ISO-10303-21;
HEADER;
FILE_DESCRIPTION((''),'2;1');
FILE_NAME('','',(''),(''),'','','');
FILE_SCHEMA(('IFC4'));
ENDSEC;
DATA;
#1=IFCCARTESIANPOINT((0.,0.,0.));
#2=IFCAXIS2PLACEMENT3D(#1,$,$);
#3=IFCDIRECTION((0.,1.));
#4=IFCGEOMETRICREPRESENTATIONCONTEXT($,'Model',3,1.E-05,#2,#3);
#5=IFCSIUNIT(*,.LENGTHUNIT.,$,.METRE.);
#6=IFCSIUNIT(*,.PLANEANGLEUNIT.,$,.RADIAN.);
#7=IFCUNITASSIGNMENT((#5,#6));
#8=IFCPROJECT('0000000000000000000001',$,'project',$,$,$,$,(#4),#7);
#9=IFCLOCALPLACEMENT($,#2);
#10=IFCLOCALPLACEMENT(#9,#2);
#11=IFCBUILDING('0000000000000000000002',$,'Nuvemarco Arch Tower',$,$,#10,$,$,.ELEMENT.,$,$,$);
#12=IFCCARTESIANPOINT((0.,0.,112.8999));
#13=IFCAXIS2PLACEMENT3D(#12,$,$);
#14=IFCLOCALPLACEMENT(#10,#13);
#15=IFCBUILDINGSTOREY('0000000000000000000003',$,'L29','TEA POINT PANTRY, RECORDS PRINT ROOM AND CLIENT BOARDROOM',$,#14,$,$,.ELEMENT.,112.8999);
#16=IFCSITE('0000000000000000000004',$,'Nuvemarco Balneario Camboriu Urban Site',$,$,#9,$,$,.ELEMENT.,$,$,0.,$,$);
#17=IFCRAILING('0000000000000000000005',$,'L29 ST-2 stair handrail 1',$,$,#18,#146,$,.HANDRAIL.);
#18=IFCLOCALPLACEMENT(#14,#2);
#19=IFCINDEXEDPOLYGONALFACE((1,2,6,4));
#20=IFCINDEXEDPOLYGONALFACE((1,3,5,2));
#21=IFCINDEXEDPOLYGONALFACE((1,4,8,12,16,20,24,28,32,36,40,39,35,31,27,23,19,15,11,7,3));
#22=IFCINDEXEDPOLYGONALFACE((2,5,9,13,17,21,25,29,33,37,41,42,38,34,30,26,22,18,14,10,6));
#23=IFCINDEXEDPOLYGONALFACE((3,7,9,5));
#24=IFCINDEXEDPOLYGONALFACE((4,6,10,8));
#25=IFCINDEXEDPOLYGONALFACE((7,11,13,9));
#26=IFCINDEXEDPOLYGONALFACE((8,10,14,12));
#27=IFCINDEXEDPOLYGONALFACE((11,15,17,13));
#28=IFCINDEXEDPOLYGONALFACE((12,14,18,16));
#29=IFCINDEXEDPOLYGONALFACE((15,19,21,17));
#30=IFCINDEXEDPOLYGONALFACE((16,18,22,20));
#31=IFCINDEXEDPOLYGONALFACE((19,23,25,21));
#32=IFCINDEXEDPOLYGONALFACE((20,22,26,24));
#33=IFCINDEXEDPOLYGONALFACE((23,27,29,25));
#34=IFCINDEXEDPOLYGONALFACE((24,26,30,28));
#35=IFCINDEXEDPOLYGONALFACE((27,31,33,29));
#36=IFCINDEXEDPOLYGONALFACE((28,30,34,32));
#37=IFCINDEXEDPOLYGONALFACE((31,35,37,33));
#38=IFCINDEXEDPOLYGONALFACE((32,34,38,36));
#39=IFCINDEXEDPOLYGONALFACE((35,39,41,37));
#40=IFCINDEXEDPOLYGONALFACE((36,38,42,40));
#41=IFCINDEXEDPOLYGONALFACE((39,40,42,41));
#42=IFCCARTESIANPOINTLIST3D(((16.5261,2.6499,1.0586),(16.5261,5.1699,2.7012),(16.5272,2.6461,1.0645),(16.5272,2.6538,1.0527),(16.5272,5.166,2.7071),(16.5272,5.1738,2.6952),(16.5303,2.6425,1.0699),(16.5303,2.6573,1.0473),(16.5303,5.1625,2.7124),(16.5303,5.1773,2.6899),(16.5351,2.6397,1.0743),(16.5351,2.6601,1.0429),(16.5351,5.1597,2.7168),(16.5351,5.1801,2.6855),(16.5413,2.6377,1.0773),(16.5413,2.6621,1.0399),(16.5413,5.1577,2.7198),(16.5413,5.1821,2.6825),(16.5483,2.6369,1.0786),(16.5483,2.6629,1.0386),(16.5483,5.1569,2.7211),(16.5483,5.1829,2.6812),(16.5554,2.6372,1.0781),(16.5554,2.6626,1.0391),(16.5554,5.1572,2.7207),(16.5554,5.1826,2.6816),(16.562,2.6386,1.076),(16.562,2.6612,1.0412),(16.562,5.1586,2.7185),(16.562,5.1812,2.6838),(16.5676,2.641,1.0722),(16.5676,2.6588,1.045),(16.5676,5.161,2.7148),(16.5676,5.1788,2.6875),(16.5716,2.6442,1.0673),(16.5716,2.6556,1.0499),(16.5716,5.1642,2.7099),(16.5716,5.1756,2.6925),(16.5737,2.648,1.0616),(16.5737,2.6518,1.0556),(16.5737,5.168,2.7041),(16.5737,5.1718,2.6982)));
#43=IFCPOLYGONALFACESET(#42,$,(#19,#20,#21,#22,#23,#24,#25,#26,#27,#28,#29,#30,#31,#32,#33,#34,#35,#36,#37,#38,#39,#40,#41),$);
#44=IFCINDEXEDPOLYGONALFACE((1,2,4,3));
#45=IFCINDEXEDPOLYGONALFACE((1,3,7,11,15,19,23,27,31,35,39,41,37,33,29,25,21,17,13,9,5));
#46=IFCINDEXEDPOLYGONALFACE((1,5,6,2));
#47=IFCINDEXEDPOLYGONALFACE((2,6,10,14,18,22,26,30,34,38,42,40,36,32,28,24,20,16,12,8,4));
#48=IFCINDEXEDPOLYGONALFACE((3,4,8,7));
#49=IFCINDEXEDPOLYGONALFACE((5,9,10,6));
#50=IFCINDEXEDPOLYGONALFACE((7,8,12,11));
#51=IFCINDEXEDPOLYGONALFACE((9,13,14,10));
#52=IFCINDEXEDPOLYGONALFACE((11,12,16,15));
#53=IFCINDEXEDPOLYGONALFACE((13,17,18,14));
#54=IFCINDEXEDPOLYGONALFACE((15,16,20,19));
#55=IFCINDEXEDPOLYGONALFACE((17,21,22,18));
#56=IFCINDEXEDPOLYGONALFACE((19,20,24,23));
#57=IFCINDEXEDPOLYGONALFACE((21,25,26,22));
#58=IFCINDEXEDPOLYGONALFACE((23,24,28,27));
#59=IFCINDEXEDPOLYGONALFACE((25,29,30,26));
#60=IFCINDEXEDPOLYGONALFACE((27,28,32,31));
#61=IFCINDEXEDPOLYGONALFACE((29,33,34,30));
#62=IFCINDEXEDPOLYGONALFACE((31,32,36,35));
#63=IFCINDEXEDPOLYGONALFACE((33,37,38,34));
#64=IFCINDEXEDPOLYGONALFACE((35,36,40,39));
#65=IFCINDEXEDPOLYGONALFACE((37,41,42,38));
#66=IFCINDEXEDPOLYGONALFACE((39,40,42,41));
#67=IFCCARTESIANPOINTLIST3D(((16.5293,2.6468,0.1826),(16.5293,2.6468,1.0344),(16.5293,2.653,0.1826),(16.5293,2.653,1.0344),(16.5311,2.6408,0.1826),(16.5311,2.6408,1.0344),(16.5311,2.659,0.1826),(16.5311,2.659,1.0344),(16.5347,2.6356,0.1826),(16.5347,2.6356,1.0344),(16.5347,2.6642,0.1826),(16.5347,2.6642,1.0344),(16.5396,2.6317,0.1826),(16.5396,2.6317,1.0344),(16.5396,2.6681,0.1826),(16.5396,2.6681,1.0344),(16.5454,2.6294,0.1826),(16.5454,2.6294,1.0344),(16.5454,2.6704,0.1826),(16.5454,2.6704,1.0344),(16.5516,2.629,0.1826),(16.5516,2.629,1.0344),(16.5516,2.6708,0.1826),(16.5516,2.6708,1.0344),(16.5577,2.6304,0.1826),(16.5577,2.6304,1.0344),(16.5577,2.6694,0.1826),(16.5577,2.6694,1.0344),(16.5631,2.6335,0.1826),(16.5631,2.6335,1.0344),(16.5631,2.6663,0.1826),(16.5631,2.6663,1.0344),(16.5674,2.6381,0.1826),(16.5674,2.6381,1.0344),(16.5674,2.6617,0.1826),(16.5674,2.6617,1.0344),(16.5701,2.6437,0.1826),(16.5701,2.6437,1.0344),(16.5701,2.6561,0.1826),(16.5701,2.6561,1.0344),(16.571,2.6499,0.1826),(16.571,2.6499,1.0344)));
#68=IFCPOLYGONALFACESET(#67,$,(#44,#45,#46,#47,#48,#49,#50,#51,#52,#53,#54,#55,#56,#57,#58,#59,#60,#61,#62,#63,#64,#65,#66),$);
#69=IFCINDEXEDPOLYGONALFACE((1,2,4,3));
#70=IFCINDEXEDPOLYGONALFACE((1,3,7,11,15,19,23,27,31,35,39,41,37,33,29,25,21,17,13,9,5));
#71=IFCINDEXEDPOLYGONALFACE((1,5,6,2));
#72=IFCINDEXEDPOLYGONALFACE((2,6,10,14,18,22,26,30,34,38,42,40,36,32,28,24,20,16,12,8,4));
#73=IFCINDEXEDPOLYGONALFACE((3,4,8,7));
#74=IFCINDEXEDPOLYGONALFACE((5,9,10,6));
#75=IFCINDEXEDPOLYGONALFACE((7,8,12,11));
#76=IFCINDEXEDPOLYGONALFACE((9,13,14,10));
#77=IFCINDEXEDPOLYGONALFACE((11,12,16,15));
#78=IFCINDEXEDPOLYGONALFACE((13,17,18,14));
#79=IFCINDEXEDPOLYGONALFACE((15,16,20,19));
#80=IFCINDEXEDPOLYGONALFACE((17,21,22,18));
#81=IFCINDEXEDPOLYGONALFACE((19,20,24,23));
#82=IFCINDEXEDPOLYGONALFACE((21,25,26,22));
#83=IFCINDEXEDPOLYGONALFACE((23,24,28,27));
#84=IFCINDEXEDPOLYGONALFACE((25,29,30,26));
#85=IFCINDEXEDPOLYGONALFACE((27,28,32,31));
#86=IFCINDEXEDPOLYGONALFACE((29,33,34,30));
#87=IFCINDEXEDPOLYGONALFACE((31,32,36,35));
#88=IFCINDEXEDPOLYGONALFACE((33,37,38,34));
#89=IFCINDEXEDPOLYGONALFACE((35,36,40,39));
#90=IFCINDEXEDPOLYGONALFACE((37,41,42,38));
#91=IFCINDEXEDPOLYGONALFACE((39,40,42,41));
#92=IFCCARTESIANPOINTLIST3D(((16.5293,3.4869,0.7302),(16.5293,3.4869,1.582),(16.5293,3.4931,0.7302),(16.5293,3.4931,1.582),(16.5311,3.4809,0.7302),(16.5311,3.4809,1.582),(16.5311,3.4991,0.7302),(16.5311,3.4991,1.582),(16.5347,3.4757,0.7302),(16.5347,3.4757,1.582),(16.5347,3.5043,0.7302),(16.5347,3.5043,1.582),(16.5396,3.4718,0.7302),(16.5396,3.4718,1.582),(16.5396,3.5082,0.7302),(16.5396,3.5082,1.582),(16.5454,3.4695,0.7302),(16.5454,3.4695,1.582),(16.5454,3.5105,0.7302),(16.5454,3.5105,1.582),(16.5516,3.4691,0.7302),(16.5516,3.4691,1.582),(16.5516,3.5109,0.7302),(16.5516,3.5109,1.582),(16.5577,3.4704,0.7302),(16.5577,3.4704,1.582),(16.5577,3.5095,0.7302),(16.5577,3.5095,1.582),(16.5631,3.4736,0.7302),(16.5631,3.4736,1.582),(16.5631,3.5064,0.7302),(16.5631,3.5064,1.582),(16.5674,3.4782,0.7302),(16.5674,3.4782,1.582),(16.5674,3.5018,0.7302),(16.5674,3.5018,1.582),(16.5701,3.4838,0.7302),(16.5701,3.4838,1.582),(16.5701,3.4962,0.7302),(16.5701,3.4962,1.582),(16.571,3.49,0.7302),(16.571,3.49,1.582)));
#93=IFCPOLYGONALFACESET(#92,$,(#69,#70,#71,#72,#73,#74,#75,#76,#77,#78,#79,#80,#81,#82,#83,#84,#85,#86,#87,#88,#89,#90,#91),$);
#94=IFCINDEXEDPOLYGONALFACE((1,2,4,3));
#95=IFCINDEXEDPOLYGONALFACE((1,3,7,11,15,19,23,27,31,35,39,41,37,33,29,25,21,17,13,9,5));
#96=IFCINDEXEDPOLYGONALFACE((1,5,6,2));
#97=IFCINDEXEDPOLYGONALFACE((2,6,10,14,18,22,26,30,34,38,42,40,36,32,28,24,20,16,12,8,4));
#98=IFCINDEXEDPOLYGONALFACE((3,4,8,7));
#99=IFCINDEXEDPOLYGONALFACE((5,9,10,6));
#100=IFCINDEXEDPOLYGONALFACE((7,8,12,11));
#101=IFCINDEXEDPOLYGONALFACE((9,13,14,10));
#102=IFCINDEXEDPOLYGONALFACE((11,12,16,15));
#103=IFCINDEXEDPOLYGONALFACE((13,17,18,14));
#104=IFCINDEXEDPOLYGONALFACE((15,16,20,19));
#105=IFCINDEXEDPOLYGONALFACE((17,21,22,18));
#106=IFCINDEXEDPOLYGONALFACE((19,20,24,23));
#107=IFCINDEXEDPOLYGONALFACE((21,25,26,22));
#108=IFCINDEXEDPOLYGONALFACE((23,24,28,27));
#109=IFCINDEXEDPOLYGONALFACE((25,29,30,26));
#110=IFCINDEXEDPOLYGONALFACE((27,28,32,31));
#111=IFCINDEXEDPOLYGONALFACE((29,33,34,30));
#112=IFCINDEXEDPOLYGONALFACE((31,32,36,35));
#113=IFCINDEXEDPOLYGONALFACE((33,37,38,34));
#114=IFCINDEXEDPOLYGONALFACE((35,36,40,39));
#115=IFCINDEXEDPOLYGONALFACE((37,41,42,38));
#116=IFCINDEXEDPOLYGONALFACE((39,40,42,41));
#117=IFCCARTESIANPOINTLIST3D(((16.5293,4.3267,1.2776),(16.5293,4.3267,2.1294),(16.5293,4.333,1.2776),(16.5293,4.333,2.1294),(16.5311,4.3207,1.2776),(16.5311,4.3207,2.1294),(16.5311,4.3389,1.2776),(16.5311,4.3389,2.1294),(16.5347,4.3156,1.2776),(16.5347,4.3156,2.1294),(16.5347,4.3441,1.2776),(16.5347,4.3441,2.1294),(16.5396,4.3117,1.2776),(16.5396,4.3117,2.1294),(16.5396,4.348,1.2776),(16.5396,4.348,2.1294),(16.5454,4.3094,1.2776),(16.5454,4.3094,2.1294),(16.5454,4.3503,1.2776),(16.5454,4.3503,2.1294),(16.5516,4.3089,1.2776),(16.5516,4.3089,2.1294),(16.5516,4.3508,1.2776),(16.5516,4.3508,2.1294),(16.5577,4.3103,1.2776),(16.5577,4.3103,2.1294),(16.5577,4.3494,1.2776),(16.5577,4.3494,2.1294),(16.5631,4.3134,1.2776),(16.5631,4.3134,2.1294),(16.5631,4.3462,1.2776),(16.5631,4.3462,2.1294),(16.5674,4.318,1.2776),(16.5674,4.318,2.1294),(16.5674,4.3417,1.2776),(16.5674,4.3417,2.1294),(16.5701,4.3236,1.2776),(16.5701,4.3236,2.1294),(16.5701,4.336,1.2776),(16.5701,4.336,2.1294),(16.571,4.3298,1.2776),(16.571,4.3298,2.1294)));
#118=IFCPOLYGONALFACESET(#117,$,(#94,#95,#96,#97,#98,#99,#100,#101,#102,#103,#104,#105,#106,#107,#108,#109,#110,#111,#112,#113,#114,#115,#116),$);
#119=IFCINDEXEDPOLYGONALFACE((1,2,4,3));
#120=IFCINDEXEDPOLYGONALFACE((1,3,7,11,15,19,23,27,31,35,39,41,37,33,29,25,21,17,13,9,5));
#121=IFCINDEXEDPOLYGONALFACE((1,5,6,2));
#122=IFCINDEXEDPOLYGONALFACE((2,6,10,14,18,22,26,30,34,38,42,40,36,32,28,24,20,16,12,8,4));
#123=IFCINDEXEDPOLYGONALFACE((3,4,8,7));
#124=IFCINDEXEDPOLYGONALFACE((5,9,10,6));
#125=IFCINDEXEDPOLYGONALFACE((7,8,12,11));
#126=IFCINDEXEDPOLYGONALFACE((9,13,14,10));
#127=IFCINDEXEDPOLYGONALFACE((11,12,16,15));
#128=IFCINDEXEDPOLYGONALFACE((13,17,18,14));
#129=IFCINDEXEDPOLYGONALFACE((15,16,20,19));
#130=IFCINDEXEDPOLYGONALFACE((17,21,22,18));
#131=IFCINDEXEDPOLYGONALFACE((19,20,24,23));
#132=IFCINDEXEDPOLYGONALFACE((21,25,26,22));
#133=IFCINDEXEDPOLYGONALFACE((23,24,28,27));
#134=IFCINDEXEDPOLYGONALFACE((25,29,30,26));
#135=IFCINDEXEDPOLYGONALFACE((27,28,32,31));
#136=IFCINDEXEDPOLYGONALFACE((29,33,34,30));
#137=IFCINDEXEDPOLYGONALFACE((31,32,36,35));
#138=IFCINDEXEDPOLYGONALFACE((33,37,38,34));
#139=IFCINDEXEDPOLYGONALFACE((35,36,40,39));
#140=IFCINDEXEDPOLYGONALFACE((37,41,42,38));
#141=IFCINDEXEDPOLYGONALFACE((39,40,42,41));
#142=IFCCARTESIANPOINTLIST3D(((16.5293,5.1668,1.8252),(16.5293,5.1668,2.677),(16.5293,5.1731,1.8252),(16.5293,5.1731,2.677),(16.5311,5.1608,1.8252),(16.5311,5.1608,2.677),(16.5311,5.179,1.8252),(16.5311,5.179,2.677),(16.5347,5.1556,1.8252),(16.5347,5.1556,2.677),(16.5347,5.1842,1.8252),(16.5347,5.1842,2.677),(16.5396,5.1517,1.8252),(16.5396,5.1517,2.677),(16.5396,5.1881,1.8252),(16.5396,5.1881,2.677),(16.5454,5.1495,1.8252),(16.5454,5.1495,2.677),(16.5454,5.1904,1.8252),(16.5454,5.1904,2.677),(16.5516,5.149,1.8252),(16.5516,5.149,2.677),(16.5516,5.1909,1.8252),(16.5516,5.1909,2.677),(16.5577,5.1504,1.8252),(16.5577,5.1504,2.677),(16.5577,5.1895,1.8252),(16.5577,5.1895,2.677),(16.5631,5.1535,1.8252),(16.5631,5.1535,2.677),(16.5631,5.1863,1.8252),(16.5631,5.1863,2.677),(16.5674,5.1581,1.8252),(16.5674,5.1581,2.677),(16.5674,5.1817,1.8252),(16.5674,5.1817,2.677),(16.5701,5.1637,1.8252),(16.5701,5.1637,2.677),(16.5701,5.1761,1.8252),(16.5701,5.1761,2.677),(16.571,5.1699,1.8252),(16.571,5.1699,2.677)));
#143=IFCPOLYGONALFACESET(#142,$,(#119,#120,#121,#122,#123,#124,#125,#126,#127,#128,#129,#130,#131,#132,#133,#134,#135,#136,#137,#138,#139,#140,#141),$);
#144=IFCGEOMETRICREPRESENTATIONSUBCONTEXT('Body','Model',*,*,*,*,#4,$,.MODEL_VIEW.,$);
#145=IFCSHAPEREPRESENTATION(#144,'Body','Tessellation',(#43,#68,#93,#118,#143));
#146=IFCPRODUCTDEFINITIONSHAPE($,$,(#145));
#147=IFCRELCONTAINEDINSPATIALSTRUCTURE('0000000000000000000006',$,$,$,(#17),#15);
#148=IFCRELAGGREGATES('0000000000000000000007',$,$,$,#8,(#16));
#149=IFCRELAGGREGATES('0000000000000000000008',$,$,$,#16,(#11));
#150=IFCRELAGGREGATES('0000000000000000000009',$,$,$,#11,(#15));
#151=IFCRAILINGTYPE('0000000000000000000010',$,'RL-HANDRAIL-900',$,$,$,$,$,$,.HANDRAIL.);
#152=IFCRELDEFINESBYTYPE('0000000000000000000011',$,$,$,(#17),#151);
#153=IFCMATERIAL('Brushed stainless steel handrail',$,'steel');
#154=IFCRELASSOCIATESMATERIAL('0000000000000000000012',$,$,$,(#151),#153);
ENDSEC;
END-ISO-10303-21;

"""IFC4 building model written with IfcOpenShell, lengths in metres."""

from ifc_helpers import new_model, si_unit, direction, frame, origin, origin_2d, place, context, subcontext, project, spatial, circle, extrude, material, type_object, element, save


model = new_model("IFC4")

# Units and contexts
model_context = context("Model", 3, precision=1e-05, world=origin(), true_north=direction((0.0, 1.0)))
body_context = subcontext(model_context, "Body", "Model", "MODEL_VIEW")
ifc_project = project(units=[si_unit("LENGTHUNIT", "METRE"), si_unit("PLANEANGLEUNIT", "RADIAN")], contexts=[model_context])

# Site, building, storey
site_placement = place(None, origin())
site = spatial("IfcSite", under=ifc_project, at=site_placement, Name="Nuvemarco Balneario Camboriu Urban Site", CompositionType="ELEMENT", RefElevation=0.0)
building_placement = place(site_placement, origin())
building = spatial("IfcBuilding", under=site, at=building_placement, Name="Nuvemarco Arch Tower", CompositionType="ELEMENT")
storey_placement = place(building_placement, frame((0.0, 0.0, 112.8999)))
storey = spatial("IfcBuildingStorey", under=building, at=storey_placement, Name="L29", Description="TEA POINT PANTRY, RECORDS PRINT ROOM AND CLIENT BOARDROOM", CompositionType="ELEMENT", Elevation=112.8999)

# Railing
ifc_material_1 = material(Name="Brushed stainless steel handrail", Category="steel")
railing_type_1 = type_object("IfcRailingType", Name="RL-HANDRAIL-900", PredefinedType="HANDRAIL", material=ifc_material_1)
railing_1_placement = place(storey_placement, frame((16.55, 2.6499, 0.1826)))
element("IfcRailing", 1, at=railing_1_placement, inside=storey, type_object=railing_type_1, Name="L29 ST-2 stair handrail 1", PredefinedType="HANDRAIL", context=body_context, shape_type="SweptSolid", body=[
    extrude(circle(Radius=0.0239, at=origin_2d()), frame((0.0, 0.0, 0.876), z_axis=(0.0, 0.837749, 0.546055), x_axis=(-1.0, 0.0, 0.0)), (0.0, 0.0, 1.0), 3.0081),
    extrude(circle(Radius=0.021, at=origin_2d()), origin(), (0.0, 0.0, 1.0), 0.8518),
    extrude(circle(Radius=0.021, at=origin_2d()), frame((0.0, 0.8401, 0.5476)), (0.0, 0.0, 1.0), 0.8518),
    extrude(circle(Radius=0.021, at=origin_2d()), frame((0.0, 1.6799, 1.095)), (0.0, 0.0, 1.0), 0.8518),
    extrude(circle(Radius=0.021, at=origin_2d()), frame((0.0, 2.52, 1.6426)), (0.0, 0.0, 1.0), 0.8518),
])

save(model, "model.ifc")
